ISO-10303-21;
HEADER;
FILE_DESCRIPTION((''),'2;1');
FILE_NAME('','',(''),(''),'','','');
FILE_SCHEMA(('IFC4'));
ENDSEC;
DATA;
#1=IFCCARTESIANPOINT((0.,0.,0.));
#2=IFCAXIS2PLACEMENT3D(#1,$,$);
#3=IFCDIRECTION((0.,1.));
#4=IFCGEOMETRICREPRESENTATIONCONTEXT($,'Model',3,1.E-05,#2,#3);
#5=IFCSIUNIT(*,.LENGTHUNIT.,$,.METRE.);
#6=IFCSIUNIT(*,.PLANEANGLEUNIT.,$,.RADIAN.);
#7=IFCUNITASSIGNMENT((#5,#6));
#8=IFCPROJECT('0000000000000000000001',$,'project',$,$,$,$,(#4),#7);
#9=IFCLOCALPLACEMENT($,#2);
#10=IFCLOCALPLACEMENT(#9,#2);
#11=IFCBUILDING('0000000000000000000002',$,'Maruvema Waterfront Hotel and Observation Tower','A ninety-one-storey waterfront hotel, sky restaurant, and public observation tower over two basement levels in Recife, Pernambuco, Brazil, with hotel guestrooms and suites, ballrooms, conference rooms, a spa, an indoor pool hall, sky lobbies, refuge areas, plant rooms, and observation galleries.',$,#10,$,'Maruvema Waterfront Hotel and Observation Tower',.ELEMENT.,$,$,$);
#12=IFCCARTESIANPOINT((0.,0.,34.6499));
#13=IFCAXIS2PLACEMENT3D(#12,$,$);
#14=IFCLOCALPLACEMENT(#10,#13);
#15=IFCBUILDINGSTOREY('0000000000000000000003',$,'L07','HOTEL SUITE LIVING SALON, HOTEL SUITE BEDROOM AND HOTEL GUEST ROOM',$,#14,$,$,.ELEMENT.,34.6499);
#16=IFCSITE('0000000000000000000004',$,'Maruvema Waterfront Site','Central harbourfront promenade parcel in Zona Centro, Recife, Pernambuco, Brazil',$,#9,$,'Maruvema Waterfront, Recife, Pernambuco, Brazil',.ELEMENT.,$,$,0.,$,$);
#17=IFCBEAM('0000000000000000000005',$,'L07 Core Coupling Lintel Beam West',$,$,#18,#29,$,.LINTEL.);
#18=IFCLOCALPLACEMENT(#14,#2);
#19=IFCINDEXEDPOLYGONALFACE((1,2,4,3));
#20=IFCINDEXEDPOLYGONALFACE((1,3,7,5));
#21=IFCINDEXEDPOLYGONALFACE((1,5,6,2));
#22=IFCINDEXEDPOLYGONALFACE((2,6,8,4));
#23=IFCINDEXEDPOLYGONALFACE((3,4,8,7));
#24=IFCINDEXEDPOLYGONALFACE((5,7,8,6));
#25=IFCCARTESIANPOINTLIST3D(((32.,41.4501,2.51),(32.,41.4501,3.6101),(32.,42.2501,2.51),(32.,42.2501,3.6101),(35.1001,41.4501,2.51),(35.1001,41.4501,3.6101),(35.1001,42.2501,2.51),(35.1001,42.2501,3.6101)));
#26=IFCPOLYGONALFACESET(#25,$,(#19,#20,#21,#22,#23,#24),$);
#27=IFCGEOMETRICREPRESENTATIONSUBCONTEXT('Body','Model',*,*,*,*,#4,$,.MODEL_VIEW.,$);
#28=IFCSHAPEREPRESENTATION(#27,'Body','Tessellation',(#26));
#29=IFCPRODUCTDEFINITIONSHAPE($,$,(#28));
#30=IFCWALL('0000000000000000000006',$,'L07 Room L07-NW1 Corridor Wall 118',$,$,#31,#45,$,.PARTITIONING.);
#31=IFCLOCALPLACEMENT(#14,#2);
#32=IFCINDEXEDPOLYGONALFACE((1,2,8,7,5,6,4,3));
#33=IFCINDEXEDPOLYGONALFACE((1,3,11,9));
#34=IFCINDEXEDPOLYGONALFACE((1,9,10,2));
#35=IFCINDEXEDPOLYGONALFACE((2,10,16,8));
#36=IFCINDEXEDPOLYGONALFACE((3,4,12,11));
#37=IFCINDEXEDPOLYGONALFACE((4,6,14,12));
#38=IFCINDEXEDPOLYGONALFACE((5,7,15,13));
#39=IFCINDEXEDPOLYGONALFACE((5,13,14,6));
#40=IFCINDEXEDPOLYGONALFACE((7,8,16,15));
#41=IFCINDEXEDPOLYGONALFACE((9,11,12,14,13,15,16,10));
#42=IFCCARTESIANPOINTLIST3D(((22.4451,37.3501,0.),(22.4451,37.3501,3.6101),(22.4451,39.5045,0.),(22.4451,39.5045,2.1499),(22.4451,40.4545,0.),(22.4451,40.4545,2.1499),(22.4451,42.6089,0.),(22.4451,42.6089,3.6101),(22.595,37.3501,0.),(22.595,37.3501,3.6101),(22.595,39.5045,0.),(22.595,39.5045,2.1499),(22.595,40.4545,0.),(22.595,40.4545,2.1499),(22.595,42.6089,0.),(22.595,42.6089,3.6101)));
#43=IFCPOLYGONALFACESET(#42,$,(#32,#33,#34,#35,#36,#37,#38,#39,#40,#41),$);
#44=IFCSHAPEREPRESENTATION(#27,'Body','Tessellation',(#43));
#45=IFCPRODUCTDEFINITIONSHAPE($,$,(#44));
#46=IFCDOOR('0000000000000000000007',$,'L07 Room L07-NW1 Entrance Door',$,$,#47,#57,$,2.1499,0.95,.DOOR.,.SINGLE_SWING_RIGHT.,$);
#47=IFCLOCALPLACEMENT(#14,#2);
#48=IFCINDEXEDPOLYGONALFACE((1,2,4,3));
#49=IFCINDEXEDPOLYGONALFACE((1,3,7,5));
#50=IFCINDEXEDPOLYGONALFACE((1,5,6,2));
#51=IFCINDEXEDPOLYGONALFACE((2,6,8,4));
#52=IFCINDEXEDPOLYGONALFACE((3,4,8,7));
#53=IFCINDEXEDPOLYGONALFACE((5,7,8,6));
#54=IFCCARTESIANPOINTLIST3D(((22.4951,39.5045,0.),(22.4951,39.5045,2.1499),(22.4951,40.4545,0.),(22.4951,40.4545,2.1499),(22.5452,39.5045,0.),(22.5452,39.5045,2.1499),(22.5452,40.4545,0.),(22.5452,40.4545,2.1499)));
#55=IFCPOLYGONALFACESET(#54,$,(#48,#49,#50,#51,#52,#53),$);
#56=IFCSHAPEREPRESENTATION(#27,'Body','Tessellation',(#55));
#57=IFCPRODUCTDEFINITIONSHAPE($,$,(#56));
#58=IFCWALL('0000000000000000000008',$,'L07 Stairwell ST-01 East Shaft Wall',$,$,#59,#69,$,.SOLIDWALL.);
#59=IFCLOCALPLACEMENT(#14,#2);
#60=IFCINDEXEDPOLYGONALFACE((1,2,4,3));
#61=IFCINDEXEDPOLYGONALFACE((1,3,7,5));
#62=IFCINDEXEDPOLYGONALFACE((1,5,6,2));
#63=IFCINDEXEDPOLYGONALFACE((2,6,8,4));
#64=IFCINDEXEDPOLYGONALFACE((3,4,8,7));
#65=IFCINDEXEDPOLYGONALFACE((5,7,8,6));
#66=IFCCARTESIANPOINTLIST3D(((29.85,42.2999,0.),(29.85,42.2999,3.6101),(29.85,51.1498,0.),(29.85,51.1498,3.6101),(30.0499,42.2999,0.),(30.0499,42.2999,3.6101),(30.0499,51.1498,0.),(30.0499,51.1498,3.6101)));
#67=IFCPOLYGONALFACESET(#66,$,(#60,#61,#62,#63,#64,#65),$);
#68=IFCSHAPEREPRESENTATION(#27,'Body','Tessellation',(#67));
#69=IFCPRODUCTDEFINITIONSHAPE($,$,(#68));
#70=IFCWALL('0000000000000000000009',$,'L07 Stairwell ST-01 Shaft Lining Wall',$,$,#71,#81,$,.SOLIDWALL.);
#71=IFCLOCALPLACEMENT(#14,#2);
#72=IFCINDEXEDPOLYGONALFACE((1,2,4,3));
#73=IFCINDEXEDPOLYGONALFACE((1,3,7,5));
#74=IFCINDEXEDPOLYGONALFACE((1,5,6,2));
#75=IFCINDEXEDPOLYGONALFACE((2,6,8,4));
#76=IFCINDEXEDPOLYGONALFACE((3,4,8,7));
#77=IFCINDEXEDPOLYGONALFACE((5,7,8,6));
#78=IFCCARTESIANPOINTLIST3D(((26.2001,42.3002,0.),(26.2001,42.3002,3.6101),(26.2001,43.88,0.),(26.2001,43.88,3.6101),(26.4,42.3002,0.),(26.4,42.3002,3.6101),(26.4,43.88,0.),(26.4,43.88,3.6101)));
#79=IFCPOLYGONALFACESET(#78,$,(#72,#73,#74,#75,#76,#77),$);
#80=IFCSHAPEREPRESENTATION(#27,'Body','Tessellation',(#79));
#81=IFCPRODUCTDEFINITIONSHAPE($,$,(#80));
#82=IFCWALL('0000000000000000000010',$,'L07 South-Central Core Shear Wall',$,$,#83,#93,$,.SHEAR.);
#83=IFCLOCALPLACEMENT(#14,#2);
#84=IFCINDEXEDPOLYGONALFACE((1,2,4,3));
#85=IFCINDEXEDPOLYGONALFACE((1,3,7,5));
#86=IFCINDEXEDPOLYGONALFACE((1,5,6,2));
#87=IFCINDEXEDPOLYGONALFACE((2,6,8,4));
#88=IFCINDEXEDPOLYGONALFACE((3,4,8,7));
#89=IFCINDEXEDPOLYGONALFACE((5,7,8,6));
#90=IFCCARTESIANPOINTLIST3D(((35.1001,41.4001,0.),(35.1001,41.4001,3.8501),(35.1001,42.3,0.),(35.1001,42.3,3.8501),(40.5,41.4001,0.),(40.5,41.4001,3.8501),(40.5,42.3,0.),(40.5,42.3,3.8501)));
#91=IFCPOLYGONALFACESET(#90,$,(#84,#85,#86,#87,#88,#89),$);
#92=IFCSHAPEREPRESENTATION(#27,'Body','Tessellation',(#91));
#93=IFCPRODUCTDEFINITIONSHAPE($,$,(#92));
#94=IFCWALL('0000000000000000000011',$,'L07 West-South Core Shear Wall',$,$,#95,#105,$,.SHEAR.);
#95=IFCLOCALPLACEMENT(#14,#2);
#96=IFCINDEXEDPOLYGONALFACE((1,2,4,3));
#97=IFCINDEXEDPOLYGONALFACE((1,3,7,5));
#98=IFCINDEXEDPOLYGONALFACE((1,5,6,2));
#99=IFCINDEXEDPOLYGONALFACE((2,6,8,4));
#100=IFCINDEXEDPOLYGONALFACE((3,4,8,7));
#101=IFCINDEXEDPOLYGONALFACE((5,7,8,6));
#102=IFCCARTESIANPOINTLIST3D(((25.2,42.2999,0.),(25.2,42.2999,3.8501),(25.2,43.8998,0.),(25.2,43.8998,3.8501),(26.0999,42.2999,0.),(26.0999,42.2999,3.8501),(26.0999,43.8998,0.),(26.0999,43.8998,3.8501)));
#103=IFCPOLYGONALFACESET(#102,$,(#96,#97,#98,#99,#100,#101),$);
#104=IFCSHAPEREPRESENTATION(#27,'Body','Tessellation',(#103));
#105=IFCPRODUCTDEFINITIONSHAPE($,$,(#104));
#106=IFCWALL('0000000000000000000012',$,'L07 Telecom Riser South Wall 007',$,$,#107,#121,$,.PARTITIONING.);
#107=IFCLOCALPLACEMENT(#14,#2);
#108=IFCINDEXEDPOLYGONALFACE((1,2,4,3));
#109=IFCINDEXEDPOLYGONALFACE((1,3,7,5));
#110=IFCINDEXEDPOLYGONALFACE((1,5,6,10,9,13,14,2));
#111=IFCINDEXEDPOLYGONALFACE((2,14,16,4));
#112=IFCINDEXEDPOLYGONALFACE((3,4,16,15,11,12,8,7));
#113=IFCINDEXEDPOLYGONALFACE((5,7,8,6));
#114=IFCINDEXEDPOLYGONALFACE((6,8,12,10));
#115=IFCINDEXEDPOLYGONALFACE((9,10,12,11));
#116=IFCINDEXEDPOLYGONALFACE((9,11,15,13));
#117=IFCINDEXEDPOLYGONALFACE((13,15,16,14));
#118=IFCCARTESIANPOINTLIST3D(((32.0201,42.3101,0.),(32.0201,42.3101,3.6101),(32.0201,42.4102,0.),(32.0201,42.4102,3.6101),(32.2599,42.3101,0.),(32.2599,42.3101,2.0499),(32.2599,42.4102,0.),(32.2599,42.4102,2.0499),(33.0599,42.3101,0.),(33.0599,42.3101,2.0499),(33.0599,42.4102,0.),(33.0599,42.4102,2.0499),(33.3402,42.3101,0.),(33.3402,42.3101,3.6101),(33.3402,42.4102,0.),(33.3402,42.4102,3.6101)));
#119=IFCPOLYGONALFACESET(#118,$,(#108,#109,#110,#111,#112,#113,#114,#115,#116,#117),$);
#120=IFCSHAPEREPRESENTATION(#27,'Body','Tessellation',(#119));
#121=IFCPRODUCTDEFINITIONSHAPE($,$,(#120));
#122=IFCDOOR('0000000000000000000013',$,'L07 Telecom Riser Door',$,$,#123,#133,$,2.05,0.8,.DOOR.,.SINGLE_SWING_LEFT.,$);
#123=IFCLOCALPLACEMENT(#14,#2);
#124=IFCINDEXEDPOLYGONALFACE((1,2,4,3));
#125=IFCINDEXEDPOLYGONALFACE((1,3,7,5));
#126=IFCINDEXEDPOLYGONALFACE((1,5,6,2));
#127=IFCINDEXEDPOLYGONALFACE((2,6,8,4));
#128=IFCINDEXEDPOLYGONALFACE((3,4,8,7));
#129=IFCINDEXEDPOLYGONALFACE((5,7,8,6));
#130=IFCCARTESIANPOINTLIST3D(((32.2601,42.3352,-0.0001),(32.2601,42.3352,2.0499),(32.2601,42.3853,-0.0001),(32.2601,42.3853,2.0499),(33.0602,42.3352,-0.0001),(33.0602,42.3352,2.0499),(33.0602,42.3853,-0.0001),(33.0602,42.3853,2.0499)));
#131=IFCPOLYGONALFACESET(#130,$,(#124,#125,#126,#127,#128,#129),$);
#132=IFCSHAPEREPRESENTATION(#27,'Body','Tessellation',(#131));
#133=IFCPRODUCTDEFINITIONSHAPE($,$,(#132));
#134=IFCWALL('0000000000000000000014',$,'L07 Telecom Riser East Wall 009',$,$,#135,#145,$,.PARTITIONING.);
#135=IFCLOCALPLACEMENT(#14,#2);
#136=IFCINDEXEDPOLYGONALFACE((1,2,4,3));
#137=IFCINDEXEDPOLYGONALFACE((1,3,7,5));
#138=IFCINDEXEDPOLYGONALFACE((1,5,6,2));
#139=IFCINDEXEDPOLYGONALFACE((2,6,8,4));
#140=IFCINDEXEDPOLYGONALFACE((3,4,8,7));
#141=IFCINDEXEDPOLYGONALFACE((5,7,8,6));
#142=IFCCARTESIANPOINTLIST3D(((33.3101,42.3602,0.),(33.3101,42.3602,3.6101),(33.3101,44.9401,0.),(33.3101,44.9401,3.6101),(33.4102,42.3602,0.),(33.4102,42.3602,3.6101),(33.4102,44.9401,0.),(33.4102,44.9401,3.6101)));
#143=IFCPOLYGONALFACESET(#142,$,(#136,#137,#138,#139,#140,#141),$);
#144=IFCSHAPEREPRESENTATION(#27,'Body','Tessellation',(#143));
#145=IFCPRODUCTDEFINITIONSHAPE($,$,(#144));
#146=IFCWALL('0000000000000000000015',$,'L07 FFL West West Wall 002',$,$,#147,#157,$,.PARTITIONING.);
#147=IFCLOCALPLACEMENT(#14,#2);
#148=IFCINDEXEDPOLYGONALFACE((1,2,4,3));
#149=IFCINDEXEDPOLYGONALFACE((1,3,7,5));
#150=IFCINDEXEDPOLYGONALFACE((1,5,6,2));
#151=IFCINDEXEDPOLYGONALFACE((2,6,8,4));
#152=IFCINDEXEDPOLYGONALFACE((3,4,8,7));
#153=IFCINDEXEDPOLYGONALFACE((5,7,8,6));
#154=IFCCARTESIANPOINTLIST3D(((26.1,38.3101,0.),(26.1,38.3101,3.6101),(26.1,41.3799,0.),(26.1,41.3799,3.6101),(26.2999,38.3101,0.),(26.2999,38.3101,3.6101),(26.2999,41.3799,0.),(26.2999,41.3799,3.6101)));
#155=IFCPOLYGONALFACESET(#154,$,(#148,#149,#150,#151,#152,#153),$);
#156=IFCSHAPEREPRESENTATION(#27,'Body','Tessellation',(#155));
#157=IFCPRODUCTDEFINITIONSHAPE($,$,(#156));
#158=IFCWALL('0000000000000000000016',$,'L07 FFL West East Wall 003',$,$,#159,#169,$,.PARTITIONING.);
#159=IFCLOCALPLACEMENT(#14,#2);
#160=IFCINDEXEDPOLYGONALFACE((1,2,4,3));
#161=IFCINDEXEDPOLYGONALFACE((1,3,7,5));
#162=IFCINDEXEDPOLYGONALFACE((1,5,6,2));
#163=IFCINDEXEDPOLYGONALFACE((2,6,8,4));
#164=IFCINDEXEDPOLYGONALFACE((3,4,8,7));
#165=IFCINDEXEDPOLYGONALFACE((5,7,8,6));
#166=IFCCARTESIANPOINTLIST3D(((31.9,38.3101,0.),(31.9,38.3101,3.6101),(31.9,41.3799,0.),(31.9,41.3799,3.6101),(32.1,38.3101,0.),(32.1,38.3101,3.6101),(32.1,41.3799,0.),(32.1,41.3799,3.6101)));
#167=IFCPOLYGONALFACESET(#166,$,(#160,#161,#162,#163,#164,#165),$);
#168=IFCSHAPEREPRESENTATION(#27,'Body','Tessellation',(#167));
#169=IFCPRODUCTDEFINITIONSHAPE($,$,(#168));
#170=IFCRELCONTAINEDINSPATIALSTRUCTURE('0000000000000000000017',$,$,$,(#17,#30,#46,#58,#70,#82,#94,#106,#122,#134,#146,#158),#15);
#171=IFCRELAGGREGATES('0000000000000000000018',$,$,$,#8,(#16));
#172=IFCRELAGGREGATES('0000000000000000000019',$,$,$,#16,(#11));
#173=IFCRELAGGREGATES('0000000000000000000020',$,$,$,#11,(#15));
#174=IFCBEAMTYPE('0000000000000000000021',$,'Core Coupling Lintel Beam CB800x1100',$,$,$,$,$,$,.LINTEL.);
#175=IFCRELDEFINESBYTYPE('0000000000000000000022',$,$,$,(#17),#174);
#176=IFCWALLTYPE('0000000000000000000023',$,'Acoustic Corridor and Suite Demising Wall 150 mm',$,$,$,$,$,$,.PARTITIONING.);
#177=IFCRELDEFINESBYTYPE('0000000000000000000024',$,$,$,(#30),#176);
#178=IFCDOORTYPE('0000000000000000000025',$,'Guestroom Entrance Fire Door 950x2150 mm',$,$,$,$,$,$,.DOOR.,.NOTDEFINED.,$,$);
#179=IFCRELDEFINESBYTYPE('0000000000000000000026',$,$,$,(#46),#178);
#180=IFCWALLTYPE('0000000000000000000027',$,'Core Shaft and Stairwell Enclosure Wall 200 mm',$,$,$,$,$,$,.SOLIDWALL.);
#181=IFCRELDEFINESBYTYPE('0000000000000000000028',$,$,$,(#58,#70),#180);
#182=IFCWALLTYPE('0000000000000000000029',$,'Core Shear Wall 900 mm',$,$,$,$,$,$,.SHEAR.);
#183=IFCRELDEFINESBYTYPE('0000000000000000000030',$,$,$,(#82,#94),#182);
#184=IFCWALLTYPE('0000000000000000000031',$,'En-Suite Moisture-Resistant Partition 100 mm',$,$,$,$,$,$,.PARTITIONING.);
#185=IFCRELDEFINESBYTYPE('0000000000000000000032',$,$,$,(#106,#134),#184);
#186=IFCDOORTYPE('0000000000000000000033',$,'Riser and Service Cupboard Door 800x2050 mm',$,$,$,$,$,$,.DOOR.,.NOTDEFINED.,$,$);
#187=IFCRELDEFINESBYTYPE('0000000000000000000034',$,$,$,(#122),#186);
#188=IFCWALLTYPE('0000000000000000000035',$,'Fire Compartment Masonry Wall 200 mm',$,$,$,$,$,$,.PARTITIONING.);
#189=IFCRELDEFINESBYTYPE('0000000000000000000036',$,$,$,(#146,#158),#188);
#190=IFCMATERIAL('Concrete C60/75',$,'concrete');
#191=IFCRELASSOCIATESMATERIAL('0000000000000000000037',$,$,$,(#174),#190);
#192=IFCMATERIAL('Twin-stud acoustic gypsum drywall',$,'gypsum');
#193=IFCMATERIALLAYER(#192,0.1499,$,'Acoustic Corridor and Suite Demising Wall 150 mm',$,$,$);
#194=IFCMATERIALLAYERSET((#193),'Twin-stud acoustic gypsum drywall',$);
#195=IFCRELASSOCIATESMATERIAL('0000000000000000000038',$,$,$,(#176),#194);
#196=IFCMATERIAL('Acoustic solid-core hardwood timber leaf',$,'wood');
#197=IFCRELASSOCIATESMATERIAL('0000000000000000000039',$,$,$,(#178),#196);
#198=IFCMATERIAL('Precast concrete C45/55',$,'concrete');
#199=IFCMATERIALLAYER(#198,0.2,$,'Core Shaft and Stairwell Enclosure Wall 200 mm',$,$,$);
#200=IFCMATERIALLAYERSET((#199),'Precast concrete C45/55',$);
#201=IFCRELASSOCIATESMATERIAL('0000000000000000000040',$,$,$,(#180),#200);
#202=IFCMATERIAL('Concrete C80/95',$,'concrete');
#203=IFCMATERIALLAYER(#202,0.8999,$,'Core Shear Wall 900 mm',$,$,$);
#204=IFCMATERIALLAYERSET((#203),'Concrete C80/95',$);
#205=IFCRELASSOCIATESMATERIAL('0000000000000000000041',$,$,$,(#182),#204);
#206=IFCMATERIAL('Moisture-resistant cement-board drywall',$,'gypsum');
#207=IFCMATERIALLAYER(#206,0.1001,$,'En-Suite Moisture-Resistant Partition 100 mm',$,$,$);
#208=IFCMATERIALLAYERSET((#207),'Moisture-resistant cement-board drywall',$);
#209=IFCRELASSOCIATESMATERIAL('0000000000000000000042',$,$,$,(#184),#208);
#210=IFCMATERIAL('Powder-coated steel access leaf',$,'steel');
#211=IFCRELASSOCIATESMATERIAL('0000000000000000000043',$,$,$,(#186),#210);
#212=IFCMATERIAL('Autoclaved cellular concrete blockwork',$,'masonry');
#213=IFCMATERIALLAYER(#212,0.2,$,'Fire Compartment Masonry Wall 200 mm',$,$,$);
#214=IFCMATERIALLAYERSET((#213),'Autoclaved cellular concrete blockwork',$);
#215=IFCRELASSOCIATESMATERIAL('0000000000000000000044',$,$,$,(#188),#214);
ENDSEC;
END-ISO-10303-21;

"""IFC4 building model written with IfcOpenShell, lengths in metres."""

from ifc_helpers import new_model, si_unit, direction, frame, frame_2d, origin, origin_2d, place, context, subcontext, project, spatial, rectangle, extrude, material, layer, layer_set, material_profile, profile_set, type_object, element, fill, save


model = new_model("IFC4")

# Units and contexts
model_context = context("Model", 3, precision=1e-05, world=origin(), true_north=direction((0.0, 1.0)))
body_context = subcontext(model_context, "Body", "Model", "MODEL_VIEW")
ifc_project = project(units=[si_unit("LENGTHUNIT", "METRE"), si_unit("PLANEANGLEUNIT", "RADIAN")], contexts=[model_context])

# Site, building, storey
site_placement = place(None, origin())
site = spatial("IfcSite", under=ifc_project, at=site_placement, Name="Maruvema Waterfront Site", Description="Central harbourfront promenade parcel in Zona Centro, Recife, Pernambuco, Brazil", LongName="Maruvema Waterfront, Recife, Pernambuco, Brazil", CompositionType="ELEMENT", RefElevation=0.0)
building_placement = place(site_placement, origin())
building = spatial("IfcBuilding", under=site, at=building_placement, Name="Maruvema Waterfront Hotel and Observation Tower", Description="A ninety-one-storey waterfront hotel, sky restaurant, and public observation tower over two basement levels in Recife, Pernambuco, Brazil, with hotel guestrooms and suites, ballrooms, conference rooms, a spa, an indoor pool hall, sky lobbies, refuge areas, plant rooms, and observation galleries.", LongName="Maruvema Waterfront Hotel and Observation Tower", CompositionType="ELEMENT")
storey_placement = place(building_placement, frame((0.0, 0.0, 34.6499)))
storey = spatial("IfcBuildingStorey", under=building, at=storey_placement, Name="L07", Description="HOTEL SUITE LIVING SALON, HOTEL SUITE BEDROOM AND HOTEL GUEST ROOM", CompositionType="ELEMENT", Elevation=34.6499)

# Beam
ifc_material_1 = material(Name="Concrete C60/75", Category="concrete")
ifc_material_profile = material_profile(ifc_material_1, rectangle(XDim=0.8, YDim=1.1001, at=origin_2d()), Name="CB800x1100")
ifc_profile_set = profile_set([ifc_material_profile], Name="Concrete C60/75")
beam_type = type_object("IfcBeamType", Name="Core Coupling Lintel Beam CB800x1100", PredefinedType="LINTEL", material=ifc_profile_set)
beam_placement = place(storey_placement, frame((32.0, 41.8501, 3.0601), z_axis=(1.0, 0.0, 0.0), x_axis=(0.0, 1.0, 0.0)))
element("IfcBeam", 1, at=beam_placement, inside=storey, type_object=beam_type, Name="L07 Core Coupling Lintel Beam West", PredefinedType="LINTEL", context=body_context, shape_type="SweptSolid", body=[
    extrude(rectangle(XDim=0.8, YDim=1.1001, at=origin_2d()), origin(), (0.0, 0.0, 1.0), 3.1001),
])

# Wall, opening, door
ifc_material_2 = material(Name="Twin-stud acoustic gypsum drywall", Category="gypsum")
ifc_layer_1 = layer(ifc_material_2, 0.1499, Name="Acoustic Corridor and Suite Demising Wall 150 mm")
ifc_layer_set_1 = layer_set([ifc_layer_1], Name="Twin-stud acoustic gypsum drywall")
wall_type_1 = type_object("IfcWallType", Name="Acoustic Corridor and Suite Demising Wall 150 mm", PredefinedType="PARTITIONING", material=ifc_layer_set_1)
wall_1_placement = place(storey_placement, frame((22.52, 37.3501, 0.0), z_axis=(0.0, 0.0, 1.0), x_axis=(0.0, 1.0, 0.0)))
wall_1 = element("IfcWall", 2, at=wall_1_placement, inside=storey, type_object=wall_type_1, Name="L07 Room L07-NW1 Corridor Wall 118", PredefinedType="PARTITIONING", context=body_context, shape_type="SweptSolid", body=[
    extrude(rectangle(XDim=5.2588, YDim=0.1499, at=frame_2d((2.6294, 0.0))), origin(), (0.0, 0.0, 1.0), 3.6101),
])
opening_1_placement = place(wall_1_placement, frame((2.1543, 0.0, 0.0)))
opening_1 = element("IfcOpeningElement", 3, at=opening_1_placement, cuts=wall_1, PredefinedType="OPENING", context=body_context, shape_type="SweptSolid", body=[
    extrude(rectangle(XDim=0.95, YDim=2.1499, at=frame_2d((0.4751, 1.075))), frame((0.0, 0.085, 0.0), z_axis=(0.0, -1.0, 0.0), x_axis=(1.0, 0.0, 0.0)), (0.0, 0.0, 1.0), 0.1699),
])
ifc_material_3 = material(Name="Acoustic solid-core hardwood timber leaf", Category="wood")
door_type_1 = type_object("IfcDoorType", Name="Guestroom Entrance Fire Door 950x2150 mm", OperationType="NOTDEFINED", PredefinedType="DOOR", material=ifc_material_3)
door_1_placement = place(opening_1_placement, origin())
door_1 = element("IfcDoor", 4, at=door_1_placement, inside=storey, type_object=door_type_1, Name="L07 Room L07-NW1 Entrance Door", OperationType="SINGLE_SWING_RIGHT", OverallHeight=2.1499, OverallWidth=0.95, PredefinedType="DOOR", context=body_context, shape_type="SweptSolid", body=[
    extrude(rectangle(XDim=0.95, YDim=2.1499, at=frame_2d((0.4751, 1.075))), frame((0.0, 0.0249, 0.0), z_axis=(0.0, -1.0, 0.0), x_axis=(1.0, 0.0, 0.0)), (0.0, 0.0, 1.0), 0.05),
])
fill(opening_1, door_1)

# Walls
ifc_material_4 = material(Name="Precast concrete C45/55", Category="concrete")
ifc_layer_2 = layer(ifc_material_4, 0.2, Name="Core Shaft and Stairwell Enclosure Wall 200 mm")
ifc_layer_set_2 = layer_set([ifc_layer_2], Name="Precast concrete C45/55")
wall_type_2 = type_object("IfcWallType", Name="Core Shaft and Stairwell Enclosure Wall 200 mm", PredefinedType="SOLIDWALL", material=ifc_layer_set_2)
wall_2_placement = place(storey_placement, frame((29.95, 42.3, 0.0), z_axis=(0.0, 0.0, 1.0), x_axis=(0.0, 1.0, 0.0)))
element("IfcWall", 5, at=wall_2_placement, inside=storey, type_object=wall_type_2, Name="L07 Stairwell ST-01 East Shaft Wall", PredefinedType="SOLIDWALL", context=body_context, shape_type="SweptSolid", body=[
    extrude(rectangle(XDim=8.8499, YDim=0.2, at=frame_2d((4.4248, 0.0))), origin(), (0.0, 0.0, 1.0), 3.6101),
])
wall_3_placement = place(storey_placement, frame((26.3, 42.3, 0.0), z_axis=(0.0, 0.0, 1.0), x_axis=(0.0, 1.0, 0.0)))
element("IfcWall", 6, at=wall_3_placement, inside=storey, type_object=wall_type_2, Name="L07 Stairwell ST-01 Shaft Lining Wall", PredefinedType="SOLIDWALL", context=body_context, shape_type="SweptSolid", body=[
    extrude(rectangle(XDim=1.5798, YDim=0.2, at=frame_2d((0.79, 0.0))), origin(), (0.0, 0.0, 1.0), 3.6101),
])

# Shared definitions
ifc_material_5 = material(Name="Concrete C80/95", Category="concrete")
ifc_layer_3 = layer(ifc_material_5, 0.8999, Name="Core Shear Wall 900 mm")
ifc_layer_set_3 = layer_set([ifc_layer_3], Name="Concrete C80/95")
wall_type_3 = type_object("IfcWallType", Name="Core Shear Wall 900 mm", PredefinedType="SHEAR", material=ifc_layer_set_3)

# Walls
wall_4_placement = place(storey_placement, frame((35.1001, 41.8501, 0.0), z_axis=(0.0, 0.0, 1.0), x_axis=(1.0, 0.0, 0.0)))
element("IfcWall", 7, at=wall_4_placement, inside=storey, type_object=wall_type_3, Name="L07 South-Central Core Shear Wall", PredefinedType="SHEAR", context=body_context, shape_type="SweptSolid", body=[
    extrude(rectangle(XDim=5.3999, YDim=0.8999, at=frame_2d((2.7, 0.0))), origin(), (0.0, 0.0, 1.0), 3.8501),
])
wall_5_placement = place(storey_placement, frame((25.6499, 42.3, 0.0), z_axis=(0.0, 0.0, 1.0), x_axis=(0.0, 1.0, 0.0)))
element("IfcWall", 8, at=wall_5_placement, inside=storey, type_object=wall_type_3, Name="L07 West-South Core Shear Wall", PredefinedType="SHEAR", context=body_context, shape_type="SweptSolid", body=[
    extrude(rectangle(XDim=1.5999, YDim=0.8999, at=frame_2d((0.7998, 0.0))), origin(), (0.0, 0.0, 1.0), 3.8501),
])

# Wall, opening, door
ifc_material_6 = material(Name="Moisture-resistant cement-board drywall", Category="gypsum")
ifc_layer_4 = layer(ifc_material_6, 0.1001, Name="En-Suite Moisture-Resistant Partition 100 mm")
ifc_layer_set_4 = layer_set([ifc_layer_4], Name="Moisture-resistant cement-board drywall")
wall_type_4 = type_object("IfcWallType", Name="En-Suite Moisture-Resistant Partition 100 mm", PredefinedType="PARTITIONING", material=ifc_layer_set_4)
wall_6_placement = place(storey_placement, frame((32.02, 42.3601, 0.0), z_axis=(0.0, 0.0, 1.0), x_axis=(1.0, 0.0, 0.0)))
wall_6 = element("IfcWall", 9, at=wall_6_placement, inside=storey, type_object=wall_type_4, Name="L07 Telecom Riser South Wall 007", PredefinedType="PARTITIONING", context=body_context, shape_type="SweptSolid", body=[
    extrude(rectangle(XDim=1.3201, YDim=0.1001, at=frame_2d((0.6602, 0.0))), origin(), (0.0, 0.0, 1.0), 3.6101),
])
opening_2_placement = place(wall_6_placement, frame((0.24, 0.0, 0.0)))
opening_2 = element("IfcOpeningElement", 10, at=opening_2_placement, cuts=wall_6, PredefinedType="OPENING", context=body_context, shape_type="SweptSolid", body=[
    extrude(rectangle(XDim=0.8, YDim=2.05, at=frame_2d((0.3999, 1.0249))), frame((0.0, 0.0601, 0.0), z_axis=(0.0, -1.0, 0.0), x_axis=(1.0, 0.0, 0.0)), (0.0, 0.0, 1.0), 0.1201),
])
ifc_material_7 = material(Name="Powder-coated steel access leaf", Category="steel")
door_type_2 = type_object("IfcDoorType", Name="Riser and Service Cupboard Door 800x2050 mm", OperationType="NOTDEFINED", PredefinedType="DOOR", material=ifc_material_7)
door_2_placement = place(opening_2_placement, frame((0.8, 0.0, 0.0), z_axis=(0.0, 0.0, 1.0), x_axis=(-1.0, 0.0, 0.0)))
door_2 = element("IfcDoor", 11, at=door_2_placement, inside=storey, type_object=door_type_2, Name="L07 Telecom Riser Door", OperationType="SINGLE_SWING_LEFT", OverallHeight=2.05, OverallWidth=0.8, PredefinedType="DOOR", context=body_context, shape_type="SweptSolid", body=[
    extrude(rectangle(XDim=0.8, YDim=2.05, at=frame_2d((0.3999, 1.0249))), frame((0.0, 0.0249, 0.0), z_axis=(0.0, -1.0, 0.0), x_axis=(1.0, 0.0, 0.0)), (0.0, 0.0, 1.0), 0.05),
])
fill(opening_2, door_2)

# Wall
wall_7_placement = place(storey_placement, frame((33.3601, 42.3601, 0.0), z_axis=(0.0, 0.0, 1.0), x_axis=(0.0, 1.0, 0.0)))
element("IfcWall", 12, at=wall_7_placement, inside=storey, type_object=wall_type_4, Name="L07 Telecom Riser East Wall 009", PredefinedType="PARTITIONING", context=body_context, shape_type="SweptSolid", body=[
    extrude(rectangle(XDim=2.5798, YDim=0.1001, at=frame_2d((1.29, 0.0))), origin(), (0.0, 0.0, 1.0), 3.6101),
])

# Shared definitions
ifc_material_8 = material(Name="Autoclaved cellular concrete blockwork", Category="masonry")
ifc_layer_5 = layer(ifc_material_8, 0.2, Name="Fire Compartment Masonry Wall 200 mm")
ifc_layer_set_5 = layer_set([ifc_layer_5], Name="Autoclaved cellular concrete blockwork")
wall_type_5 = type_object("IfcWallType", Name="Fire Compartment Masonry Wall 200 mm", PredefinedType="PARTITIONING", material=ifc_layer_set_5)

# Walls
for number, where, z_axis, x_axis, name in (
    (13, (26.2, 38.3101, 0.0), (0.0, 0.0, 1.0), (0.0, 1.0, 0.0), "L07 FFL West West Wall 002"),
    (14, (32.0, 38.3101, 0.0), (0.0, 0.0, 1.0), (0.0, 1.0, 0.0), "L07 FFL West East Wall 003"),
):
    element("IfcWall", number, at=place(storey_placement, frame(where, z_axis=z_axis, x_axis=x_axis)), inside=storey, type_object=wall_type_5, Name=name, PredefinedType="PARTITIONING", context=body_context, shape_type="SweptSolid", body=[
        extrude(rectangle(XDim=3.0698, YDim=0.2, at=frame_2d((1.5349, 0.0))), origin(), (0.0, 0.0, 1.0), 3.6101),
    ])

save(model, "model.ifc")
